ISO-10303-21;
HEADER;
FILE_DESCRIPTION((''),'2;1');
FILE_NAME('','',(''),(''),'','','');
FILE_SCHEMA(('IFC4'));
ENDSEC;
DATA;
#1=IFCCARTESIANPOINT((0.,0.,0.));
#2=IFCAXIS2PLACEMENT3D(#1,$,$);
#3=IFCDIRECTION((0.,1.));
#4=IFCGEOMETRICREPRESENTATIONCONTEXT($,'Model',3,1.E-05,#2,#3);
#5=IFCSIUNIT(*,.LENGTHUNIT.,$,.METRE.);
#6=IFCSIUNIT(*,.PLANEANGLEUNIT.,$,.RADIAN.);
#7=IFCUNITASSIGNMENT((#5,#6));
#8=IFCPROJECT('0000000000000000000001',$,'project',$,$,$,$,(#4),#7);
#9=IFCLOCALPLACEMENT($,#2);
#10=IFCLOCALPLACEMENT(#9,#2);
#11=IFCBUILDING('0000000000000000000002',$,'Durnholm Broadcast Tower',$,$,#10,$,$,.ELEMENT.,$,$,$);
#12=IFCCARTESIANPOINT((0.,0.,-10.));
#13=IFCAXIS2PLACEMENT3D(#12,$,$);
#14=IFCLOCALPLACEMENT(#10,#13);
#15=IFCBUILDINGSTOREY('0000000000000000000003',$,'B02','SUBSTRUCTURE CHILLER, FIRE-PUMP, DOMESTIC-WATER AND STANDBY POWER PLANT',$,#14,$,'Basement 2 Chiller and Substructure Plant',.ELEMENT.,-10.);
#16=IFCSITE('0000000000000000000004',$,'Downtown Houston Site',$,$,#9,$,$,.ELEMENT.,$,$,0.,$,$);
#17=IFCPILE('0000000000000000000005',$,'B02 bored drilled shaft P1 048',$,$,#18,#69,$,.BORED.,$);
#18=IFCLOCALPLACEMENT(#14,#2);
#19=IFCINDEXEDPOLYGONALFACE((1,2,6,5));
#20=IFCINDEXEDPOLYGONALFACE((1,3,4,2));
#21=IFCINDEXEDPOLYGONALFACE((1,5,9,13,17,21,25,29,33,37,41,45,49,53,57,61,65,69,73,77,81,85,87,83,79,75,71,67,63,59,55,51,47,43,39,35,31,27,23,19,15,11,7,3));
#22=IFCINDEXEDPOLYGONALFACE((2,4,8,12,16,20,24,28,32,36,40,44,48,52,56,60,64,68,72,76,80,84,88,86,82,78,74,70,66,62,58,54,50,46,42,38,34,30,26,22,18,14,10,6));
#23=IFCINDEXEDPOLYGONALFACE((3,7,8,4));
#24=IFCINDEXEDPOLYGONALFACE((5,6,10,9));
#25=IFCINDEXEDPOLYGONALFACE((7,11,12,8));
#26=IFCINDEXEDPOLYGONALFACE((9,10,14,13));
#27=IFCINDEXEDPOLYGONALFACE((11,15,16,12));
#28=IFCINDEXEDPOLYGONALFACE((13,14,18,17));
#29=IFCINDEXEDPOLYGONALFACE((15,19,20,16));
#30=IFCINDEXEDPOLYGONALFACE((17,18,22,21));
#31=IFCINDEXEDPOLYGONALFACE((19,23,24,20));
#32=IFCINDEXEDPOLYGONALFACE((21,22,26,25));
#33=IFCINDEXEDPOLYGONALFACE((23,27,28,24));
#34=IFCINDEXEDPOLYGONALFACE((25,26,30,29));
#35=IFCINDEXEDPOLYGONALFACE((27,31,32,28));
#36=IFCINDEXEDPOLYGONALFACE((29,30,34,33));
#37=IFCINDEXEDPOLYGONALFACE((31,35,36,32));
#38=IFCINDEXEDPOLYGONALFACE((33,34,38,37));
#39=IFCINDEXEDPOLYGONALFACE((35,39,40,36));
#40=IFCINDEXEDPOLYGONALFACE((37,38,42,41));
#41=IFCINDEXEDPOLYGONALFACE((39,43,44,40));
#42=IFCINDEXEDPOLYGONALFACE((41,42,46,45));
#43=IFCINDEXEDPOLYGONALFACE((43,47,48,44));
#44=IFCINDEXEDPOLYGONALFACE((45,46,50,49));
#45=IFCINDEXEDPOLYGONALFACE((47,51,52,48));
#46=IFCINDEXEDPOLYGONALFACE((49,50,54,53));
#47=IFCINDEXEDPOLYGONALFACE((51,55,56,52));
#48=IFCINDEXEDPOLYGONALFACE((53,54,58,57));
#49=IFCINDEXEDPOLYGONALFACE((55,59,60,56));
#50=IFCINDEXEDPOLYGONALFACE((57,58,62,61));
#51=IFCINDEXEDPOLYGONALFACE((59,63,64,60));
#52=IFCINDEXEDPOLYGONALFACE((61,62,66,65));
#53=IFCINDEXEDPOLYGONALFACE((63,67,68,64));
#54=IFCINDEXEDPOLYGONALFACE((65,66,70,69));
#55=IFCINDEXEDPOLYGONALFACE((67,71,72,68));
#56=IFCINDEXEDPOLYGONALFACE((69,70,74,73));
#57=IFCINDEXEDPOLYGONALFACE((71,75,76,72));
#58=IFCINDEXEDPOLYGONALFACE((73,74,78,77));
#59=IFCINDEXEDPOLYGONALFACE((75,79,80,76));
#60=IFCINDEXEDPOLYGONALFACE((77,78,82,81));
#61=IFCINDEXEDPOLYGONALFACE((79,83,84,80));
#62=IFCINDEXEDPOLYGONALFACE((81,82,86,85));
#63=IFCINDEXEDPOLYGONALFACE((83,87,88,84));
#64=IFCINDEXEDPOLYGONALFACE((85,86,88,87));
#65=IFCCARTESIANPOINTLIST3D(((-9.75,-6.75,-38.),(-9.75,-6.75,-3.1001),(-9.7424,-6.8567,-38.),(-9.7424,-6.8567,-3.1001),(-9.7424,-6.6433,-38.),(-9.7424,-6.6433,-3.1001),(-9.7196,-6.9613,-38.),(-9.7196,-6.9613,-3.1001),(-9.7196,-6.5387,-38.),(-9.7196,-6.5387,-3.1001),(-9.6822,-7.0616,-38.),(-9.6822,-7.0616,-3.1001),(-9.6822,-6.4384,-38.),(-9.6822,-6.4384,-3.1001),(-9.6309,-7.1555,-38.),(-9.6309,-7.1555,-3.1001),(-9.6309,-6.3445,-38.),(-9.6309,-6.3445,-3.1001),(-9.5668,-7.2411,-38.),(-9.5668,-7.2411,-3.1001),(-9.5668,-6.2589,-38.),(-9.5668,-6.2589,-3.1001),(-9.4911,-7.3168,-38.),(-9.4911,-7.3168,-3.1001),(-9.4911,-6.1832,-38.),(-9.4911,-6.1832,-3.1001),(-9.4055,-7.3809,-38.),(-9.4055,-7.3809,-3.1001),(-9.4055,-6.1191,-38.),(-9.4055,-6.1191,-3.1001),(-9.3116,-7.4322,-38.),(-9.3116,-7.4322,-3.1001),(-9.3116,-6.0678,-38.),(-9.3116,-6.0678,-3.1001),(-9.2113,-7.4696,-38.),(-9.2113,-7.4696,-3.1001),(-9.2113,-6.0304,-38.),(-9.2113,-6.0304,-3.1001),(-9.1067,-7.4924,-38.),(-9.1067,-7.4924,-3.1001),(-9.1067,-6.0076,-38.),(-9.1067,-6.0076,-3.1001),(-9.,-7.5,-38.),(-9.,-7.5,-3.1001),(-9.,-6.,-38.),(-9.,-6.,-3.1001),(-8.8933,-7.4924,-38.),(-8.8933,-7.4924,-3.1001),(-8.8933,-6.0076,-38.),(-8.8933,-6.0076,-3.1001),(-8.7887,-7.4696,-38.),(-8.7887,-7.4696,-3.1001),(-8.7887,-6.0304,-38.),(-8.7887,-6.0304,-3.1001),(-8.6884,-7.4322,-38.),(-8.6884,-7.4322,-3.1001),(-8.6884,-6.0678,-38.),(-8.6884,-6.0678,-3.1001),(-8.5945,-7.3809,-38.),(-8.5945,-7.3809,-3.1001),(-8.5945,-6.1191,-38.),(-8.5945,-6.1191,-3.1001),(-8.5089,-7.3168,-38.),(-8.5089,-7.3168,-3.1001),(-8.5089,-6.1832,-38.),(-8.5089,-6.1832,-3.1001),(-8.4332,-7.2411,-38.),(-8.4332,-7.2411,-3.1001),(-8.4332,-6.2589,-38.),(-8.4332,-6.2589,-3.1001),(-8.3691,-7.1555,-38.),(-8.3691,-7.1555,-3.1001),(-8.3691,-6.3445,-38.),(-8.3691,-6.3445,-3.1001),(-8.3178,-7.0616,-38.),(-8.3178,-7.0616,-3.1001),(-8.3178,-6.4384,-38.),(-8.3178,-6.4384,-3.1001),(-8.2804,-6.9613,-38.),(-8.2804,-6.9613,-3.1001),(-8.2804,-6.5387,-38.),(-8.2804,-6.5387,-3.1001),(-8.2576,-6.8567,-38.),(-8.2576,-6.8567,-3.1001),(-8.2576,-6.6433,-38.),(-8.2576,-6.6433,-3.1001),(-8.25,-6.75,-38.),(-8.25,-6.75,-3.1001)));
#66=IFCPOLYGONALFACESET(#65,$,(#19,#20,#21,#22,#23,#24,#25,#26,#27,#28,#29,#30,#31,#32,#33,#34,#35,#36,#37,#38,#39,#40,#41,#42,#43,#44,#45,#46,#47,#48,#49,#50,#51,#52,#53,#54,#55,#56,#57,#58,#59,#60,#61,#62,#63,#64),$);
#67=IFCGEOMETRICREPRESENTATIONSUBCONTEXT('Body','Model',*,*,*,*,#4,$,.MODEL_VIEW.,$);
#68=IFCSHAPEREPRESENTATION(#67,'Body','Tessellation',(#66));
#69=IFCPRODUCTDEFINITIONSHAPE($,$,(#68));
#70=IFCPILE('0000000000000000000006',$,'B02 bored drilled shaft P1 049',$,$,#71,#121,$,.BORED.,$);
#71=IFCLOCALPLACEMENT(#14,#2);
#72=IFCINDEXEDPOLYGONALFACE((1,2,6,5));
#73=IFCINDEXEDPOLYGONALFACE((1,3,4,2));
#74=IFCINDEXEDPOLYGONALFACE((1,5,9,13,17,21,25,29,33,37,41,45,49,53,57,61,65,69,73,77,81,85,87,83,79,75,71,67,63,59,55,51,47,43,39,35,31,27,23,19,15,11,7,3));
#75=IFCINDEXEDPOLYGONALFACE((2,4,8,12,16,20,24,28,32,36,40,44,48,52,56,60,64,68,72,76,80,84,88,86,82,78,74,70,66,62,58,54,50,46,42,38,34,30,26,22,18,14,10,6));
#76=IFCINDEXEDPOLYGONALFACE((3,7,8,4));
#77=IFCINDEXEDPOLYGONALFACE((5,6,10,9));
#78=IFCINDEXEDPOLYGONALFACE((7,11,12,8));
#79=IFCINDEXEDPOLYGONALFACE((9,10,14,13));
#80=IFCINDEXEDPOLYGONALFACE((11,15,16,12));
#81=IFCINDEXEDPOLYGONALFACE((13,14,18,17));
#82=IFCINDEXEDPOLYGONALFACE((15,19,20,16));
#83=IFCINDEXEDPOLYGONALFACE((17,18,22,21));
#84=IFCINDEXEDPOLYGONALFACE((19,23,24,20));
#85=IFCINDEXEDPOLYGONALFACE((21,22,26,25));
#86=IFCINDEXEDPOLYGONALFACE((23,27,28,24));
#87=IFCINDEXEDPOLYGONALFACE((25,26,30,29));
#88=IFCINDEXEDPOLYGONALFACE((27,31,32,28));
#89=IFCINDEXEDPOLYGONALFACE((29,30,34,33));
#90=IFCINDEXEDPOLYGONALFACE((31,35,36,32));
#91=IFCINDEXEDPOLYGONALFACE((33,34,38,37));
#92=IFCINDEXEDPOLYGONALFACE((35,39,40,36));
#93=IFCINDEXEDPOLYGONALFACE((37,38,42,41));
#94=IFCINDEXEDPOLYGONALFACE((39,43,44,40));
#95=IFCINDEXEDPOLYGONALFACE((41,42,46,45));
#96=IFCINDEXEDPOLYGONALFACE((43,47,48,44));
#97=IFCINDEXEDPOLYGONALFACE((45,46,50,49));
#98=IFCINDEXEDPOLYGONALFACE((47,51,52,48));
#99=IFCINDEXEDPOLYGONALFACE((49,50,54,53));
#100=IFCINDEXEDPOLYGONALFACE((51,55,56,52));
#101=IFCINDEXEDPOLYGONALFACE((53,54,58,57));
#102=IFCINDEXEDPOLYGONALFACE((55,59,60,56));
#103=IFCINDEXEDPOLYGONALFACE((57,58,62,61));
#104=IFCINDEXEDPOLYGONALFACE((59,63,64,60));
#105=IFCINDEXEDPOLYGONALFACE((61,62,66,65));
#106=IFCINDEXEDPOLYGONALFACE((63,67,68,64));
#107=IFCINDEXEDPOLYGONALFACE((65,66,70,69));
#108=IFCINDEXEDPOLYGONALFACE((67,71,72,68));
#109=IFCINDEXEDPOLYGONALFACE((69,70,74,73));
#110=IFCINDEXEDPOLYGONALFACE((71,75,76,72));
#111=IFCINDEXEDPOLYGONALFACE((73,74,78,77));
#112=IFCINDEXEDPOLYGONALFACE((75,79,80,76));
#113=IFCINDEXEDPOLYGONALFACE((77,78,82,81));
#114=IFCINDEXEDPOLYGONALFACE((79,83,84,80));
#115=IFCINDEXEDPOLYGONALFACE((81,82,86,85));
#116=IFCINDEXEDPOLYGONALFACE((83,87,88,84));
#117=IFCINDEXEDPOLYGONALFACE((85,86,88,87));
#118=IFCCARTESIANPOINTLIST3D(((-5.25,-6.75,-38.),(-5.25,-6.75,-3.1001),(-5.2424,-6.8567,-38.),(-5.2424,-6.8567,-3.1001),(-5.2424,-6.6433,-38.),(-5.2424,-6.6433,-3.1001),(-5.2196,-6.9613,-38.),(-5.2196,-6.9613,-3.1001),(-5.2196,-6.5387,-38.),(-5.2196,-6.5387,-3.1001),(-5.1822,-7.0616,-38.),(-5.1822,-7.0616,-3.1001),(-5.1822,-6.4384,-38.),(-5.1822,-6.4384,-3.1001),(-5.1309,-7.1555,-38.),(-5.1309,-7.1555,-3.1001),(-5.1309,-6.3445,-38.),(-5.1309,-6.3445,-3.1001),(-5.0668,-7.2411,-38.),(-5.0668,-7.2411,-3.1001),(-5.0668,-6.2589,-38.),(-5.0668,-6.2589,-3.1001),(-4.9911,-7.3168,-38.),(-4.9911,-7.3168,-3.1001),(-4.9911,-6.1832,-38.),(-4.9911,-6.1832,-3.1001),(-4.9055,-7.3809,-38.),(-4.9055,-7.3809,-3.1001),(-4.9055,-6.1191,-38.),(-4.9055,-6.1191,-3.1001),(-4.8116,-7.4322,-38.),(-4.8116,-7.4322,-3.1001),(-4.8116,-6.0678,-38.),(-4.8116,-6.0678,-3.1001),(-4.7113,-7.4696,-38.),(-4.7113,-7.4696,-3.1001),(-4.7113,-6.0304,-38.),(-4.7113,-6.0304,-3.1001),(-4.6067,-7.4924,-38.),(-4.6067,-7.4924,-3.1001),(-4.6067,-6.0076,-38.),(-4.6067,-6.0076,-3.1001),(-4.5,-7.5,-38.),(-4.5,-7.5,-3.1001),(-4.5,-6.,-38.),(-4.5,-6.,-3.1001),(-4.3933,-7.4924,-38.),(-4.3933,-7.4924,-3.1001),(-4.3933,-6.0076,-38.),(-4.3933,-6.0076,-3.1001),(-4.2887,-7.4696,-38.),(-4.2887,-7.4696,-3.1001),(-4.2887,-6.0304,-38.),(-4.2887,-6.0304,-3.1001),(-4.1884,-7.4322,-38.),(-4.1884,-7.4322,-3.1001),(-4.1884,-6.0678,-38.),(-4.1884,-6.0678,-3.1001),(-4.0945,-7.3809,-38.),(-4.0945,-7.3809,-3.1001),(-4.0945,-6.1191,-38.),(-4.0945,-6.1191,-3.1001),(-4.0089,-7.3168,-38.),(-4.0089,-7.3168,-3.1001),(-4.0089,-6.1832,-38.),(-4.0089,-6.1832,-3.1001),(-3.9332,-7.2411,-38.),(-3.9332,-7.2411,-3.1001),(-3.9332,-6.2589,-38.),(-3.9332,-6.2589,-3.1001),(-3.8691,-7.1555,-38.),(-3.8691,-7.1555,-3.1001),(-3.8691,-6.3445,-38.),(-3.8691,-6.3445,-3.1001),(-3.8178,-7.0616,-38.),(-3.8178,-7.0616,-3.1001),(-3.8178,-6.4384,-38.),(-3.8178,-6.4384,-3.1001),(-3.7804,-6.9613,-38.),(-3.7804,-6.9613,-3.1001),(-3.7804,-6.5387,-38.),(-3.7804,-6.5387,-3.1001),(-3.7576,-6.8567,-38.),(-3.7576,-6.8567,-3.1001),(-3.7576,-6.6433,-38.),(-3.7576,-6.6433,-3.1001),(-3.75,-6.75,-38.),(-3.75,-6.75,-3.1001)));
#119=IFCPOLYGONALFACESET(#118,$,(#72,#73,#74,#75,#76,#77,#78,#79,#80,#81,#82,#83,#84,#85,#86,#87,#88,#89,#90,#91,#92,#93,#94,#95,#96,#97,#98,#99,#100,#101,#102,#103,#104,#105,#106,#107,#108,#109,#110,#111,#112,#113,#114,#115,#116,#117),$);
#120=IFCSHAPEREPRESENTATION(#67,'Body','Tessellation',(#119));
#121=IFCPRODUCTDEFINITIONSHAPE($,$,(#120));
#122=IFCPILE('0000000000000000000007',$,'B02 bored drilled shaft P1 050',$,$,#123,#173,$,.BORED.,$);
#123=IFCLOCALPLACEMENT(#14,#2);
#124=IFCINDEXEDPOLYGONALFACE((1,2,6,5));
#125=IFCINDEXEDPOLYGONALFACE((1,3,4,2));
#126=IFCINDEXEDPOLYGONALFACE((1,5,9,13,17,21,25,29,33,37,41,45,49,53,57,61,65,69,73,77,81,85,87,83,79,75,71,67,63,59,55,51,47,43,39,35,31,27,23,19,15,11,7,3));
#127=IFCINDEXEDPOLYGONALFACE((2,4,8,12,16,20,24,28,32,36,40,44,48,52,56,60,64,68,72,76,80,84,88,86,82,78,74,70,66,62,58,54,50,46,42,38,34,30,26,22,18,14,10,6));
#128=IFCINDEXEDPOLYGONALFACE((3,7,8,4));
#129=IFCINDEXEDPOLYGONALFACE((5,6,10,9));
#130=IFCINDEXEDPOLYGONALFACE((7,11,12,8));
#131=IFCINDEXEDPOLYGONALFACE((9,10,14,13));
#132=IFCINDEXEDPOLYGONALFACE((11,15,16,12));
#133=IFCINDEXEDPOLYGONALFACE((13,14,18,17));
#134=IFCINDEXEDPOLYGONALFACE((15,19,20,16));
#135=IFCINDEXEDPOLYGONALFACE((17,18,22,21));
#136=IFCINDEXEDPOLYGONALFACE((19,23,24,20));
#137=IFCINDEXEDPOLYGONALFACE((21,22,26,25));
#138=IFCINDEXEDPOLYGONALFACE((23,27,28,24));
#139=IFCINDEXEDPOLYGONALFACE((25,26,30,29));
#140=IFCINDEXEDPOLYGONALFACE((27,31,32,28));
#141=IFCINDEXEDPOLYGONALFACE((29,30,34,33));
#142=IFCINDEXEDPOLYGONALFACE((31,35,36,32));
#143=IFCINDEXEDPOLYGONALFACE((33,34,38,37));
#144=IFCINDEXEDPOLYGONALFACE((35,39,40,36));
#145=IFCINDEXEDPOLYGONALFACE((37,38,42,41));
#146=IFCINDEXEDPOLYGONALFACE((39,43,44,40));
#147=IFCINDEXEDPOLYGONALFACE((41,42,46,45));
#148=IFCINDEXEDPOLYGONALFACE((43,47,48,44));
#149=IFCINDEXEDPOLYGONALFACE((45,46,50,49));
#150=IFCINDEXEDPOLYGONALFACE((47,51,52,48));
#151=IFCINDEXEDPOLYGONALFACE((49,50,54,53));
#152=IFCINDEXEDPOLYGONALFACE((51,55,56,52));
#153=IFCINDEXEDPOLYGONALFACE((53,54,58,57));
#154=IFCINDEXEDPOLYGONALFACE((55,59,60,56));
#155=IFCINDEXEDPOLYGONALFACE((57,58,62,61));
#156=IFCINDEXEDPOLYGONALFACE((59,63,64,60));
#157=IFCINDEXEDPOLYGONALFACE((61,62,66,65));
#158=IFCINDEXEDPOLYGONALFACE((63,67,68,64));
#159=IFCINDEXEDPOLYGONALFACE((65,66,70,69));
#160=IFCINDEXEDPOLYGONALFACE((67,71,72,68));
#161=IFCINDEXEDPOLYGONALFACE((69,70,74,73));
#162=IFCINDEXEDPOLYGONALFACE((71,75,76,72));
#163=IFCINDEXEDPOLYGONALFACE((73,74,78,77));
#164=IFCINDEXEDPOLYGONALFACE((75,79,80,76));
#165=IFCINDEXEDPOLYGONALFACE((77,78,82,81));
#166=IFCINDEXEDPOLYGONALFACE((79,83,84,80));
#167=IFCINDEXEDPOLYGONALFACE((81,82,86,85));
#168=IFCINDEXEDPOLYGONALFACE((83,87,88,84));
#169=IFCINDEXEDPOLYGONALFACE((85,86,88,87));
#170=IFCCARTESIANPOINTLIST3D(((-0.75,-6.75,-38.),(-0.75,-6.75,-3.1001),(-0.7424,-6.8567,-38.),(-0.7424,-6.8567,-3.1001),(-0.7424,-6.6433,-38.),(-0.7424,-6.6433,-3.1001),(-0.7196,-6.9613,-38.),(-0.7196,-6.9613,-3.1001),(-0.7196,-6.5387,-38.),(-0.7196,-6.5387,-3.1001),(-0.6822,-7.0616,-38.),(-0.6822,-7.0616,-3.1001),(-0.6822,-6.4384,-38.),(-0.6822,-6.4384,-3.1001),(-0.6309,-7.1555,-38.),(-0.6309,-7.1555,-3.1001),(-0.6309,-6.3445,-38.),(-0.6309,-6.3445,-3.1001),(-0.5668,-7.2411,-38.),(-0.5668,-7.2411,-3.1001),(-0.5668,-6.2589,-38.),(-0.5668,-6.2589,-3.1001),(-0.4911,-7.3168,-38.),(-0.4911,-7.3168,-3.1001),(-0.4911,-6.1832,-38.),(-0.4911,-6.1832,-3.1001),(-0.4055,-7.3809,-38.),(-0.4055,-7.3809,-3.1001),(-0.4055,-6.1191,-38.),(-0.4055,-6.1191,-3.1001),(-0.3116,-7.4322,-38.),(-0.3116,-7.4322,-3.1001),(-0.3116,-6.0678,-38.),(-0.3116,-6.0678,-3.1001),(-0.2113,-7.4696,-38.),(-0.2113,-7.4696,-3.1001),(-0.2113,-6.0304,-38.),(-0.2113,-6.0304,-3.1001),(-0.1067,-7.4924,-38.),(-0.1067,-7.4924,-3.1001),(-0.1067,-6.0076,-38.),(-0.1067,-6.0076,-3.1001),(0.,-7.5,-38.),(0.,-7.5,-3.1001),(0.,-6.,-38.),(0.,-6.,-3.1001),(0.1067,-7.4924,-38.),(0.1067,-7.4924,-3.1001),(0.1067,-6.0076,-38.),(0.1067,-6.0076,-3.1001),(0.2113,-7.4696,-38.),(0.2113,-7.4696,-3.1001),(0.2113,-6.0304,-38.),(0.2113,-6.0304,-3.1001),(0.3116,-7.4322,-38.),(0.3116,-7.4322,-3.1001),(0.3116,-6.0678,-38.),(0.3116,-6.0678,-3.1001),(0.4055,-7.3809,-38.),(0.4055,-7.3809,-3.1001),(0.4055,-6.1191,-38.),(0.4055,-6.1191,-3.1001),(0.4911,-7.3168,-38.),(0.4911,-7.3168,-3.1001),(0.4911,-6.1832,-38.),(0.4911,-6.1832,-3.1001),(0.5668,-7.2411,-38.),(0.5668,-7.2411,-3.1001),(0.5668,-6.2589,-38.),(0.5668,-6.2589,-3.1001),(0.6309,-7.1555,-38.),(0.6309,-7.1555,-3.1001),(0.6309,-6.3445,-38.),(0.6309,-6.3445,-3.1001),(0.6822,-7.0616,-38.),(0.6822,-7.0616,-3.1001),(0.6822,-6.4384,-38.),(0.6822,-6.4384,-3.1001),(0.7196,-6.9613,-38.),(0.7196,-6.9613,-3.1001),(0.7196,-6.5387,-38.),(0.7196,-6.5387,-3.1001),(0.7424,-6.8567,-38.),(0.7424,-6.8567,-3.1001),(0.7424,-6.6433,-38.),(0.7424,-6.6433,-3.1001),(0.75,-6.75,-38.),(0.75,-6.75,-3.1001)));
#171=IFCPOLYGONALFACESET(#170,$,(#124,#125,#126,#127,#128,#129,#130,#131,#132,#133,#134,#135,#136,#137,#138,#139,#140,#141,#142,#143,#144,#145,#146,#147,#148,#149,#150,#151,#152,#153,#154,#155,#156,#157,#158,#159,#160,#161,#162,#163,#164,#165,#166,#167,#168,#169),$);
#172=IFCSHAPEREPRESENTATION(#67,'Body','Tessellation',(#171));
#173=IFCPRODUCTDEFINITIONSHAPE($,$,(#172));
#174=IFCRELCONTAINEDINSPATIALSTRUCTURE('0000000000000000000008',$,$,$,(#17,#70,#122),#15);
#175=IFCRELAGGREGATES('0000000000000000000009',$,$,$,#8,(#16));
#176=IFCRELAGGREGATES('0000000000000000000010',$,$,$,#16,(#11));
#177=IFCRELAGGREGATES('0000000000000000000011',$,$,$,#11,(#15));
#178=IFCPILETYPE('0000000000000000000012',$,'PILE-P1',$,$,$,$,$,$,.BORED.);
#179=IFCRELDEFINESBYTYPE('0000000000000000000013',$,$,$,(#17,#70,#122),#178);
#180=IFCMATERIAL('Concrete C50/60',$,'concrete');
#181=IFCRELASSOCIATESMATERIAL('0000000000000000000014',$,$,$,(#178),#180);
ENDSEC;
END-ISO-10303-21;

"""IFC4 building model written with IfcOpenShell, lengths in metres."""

from ifc_helpers import new_model, si_unit, direction, frame, origin, origin_2d, place, context, subcontext, project, spatial, circle, extrude, source, transform, mapped, material, material_profile, profile_set, type_object, type_shapes, element, save


model = new_model("IFC4")

# Units and contexts
model_context = context("Model", 3, precision=1e-05, world=origin(), true_north=direction((0.0, 1.0)))
body_context = subcontext(model_context, "Body", "Model", "MODEL_VIEW")
ifc_project = project(units=[si_unit("LENGTHUNIT", "METRE"), si_unit("PLANEANGLEUNIT", "RADIAN")], contexts=[model_context])

# Site, building, storey
site_placement = place(None, origin())
site = spatial("IfcSite", under=ifc_project, at=site_placement, Name="Downtown Houston Site", CompositionType="ELEMENT", RefElevation=0.0)
building_placement = place(site_placement, origin())
building = spatial("IfcBuilding", under=site, at=building_placement, Name="Durnholm Broadcast Tower", CompositionType="ELEMENT")
storey_placement = place(building_placement, frame((0.0, 0.0, -10.0)))
storey = spatial("IfcBuildingStorey", under=building, at=storey_placement, Name="B02", Description="SUBSTRUCTURE CHILLER, FIRE-PUMP, DOMESTIC-WATER AND STANDBY POWER PLANT", LongName="Basement 2 Chiller and Substructure Plant", CompositionType="ELEMENT", Elevation=-10.0)

# Piles
ifc_material_1 = material(Name="Concrete C50/60", Category="concrete")
ifc_material_profile_1 = material_profile(ifc_material_1, circle(Radius=0.75, at=origin_2d()), Name="PILE1500")
ifc_profile_set_1 = profile_set([ifc_material_profile_1], Name="Concrete C50/60")
pile_type = type_object("IfcPileType", Name="PILE-P1", PredefinedType="BORED", material=ifc_profile_set_1)
shared_shape_1 = source(origin(), body_context, "Body", "SweptSolid", [
    extrude(circle(Radius=0.75, at=origin_2d()), origin(), (0.0, 0.0, 1.0), 34.8999),
])
type_shapes(pile_type, [shared_shape_1])
for number, where, z_axis, x_axis, name in (
    (1, (-9.0, -6.75, -3.1001), (0.0, 0.0, -1.0), (1.0, 0.0, 0.0), "B02 bored drilled shaft P1 048"),
    (2, (-4.5, -6.75, -3.1001), (0.0, 0.0, -1.0), (1.0, 0.0, 0.0), "B02 bored drilled shaft P1 049"),
    (3, (0.0, -6.75, -3.1001), (0.0, 0.0, -1.0), (1.0, 0.0, 0.0), "B02 bored drilled shaft P1 050"),
):
    element("IfcPile", number, at=place(storey_placement, frame(where, z_axis=z_axis, x_axis=x_axis)), inside=storey, type_object=pile_type, Name=name, PredefinedType="BORED", context=body_context, shape_type="MappedRepresentation", body=[
        mapped(shared_shape_1, transform((0.0, 0.0, 0.0), x_axis=(1.0, 0.0, 0.0), y_axis=(0.0, 1.0, 0.0), z_axis=(0.0, 0.0, 1.0), scale=1.0)),
    ])

save(model, "model.ifc")
